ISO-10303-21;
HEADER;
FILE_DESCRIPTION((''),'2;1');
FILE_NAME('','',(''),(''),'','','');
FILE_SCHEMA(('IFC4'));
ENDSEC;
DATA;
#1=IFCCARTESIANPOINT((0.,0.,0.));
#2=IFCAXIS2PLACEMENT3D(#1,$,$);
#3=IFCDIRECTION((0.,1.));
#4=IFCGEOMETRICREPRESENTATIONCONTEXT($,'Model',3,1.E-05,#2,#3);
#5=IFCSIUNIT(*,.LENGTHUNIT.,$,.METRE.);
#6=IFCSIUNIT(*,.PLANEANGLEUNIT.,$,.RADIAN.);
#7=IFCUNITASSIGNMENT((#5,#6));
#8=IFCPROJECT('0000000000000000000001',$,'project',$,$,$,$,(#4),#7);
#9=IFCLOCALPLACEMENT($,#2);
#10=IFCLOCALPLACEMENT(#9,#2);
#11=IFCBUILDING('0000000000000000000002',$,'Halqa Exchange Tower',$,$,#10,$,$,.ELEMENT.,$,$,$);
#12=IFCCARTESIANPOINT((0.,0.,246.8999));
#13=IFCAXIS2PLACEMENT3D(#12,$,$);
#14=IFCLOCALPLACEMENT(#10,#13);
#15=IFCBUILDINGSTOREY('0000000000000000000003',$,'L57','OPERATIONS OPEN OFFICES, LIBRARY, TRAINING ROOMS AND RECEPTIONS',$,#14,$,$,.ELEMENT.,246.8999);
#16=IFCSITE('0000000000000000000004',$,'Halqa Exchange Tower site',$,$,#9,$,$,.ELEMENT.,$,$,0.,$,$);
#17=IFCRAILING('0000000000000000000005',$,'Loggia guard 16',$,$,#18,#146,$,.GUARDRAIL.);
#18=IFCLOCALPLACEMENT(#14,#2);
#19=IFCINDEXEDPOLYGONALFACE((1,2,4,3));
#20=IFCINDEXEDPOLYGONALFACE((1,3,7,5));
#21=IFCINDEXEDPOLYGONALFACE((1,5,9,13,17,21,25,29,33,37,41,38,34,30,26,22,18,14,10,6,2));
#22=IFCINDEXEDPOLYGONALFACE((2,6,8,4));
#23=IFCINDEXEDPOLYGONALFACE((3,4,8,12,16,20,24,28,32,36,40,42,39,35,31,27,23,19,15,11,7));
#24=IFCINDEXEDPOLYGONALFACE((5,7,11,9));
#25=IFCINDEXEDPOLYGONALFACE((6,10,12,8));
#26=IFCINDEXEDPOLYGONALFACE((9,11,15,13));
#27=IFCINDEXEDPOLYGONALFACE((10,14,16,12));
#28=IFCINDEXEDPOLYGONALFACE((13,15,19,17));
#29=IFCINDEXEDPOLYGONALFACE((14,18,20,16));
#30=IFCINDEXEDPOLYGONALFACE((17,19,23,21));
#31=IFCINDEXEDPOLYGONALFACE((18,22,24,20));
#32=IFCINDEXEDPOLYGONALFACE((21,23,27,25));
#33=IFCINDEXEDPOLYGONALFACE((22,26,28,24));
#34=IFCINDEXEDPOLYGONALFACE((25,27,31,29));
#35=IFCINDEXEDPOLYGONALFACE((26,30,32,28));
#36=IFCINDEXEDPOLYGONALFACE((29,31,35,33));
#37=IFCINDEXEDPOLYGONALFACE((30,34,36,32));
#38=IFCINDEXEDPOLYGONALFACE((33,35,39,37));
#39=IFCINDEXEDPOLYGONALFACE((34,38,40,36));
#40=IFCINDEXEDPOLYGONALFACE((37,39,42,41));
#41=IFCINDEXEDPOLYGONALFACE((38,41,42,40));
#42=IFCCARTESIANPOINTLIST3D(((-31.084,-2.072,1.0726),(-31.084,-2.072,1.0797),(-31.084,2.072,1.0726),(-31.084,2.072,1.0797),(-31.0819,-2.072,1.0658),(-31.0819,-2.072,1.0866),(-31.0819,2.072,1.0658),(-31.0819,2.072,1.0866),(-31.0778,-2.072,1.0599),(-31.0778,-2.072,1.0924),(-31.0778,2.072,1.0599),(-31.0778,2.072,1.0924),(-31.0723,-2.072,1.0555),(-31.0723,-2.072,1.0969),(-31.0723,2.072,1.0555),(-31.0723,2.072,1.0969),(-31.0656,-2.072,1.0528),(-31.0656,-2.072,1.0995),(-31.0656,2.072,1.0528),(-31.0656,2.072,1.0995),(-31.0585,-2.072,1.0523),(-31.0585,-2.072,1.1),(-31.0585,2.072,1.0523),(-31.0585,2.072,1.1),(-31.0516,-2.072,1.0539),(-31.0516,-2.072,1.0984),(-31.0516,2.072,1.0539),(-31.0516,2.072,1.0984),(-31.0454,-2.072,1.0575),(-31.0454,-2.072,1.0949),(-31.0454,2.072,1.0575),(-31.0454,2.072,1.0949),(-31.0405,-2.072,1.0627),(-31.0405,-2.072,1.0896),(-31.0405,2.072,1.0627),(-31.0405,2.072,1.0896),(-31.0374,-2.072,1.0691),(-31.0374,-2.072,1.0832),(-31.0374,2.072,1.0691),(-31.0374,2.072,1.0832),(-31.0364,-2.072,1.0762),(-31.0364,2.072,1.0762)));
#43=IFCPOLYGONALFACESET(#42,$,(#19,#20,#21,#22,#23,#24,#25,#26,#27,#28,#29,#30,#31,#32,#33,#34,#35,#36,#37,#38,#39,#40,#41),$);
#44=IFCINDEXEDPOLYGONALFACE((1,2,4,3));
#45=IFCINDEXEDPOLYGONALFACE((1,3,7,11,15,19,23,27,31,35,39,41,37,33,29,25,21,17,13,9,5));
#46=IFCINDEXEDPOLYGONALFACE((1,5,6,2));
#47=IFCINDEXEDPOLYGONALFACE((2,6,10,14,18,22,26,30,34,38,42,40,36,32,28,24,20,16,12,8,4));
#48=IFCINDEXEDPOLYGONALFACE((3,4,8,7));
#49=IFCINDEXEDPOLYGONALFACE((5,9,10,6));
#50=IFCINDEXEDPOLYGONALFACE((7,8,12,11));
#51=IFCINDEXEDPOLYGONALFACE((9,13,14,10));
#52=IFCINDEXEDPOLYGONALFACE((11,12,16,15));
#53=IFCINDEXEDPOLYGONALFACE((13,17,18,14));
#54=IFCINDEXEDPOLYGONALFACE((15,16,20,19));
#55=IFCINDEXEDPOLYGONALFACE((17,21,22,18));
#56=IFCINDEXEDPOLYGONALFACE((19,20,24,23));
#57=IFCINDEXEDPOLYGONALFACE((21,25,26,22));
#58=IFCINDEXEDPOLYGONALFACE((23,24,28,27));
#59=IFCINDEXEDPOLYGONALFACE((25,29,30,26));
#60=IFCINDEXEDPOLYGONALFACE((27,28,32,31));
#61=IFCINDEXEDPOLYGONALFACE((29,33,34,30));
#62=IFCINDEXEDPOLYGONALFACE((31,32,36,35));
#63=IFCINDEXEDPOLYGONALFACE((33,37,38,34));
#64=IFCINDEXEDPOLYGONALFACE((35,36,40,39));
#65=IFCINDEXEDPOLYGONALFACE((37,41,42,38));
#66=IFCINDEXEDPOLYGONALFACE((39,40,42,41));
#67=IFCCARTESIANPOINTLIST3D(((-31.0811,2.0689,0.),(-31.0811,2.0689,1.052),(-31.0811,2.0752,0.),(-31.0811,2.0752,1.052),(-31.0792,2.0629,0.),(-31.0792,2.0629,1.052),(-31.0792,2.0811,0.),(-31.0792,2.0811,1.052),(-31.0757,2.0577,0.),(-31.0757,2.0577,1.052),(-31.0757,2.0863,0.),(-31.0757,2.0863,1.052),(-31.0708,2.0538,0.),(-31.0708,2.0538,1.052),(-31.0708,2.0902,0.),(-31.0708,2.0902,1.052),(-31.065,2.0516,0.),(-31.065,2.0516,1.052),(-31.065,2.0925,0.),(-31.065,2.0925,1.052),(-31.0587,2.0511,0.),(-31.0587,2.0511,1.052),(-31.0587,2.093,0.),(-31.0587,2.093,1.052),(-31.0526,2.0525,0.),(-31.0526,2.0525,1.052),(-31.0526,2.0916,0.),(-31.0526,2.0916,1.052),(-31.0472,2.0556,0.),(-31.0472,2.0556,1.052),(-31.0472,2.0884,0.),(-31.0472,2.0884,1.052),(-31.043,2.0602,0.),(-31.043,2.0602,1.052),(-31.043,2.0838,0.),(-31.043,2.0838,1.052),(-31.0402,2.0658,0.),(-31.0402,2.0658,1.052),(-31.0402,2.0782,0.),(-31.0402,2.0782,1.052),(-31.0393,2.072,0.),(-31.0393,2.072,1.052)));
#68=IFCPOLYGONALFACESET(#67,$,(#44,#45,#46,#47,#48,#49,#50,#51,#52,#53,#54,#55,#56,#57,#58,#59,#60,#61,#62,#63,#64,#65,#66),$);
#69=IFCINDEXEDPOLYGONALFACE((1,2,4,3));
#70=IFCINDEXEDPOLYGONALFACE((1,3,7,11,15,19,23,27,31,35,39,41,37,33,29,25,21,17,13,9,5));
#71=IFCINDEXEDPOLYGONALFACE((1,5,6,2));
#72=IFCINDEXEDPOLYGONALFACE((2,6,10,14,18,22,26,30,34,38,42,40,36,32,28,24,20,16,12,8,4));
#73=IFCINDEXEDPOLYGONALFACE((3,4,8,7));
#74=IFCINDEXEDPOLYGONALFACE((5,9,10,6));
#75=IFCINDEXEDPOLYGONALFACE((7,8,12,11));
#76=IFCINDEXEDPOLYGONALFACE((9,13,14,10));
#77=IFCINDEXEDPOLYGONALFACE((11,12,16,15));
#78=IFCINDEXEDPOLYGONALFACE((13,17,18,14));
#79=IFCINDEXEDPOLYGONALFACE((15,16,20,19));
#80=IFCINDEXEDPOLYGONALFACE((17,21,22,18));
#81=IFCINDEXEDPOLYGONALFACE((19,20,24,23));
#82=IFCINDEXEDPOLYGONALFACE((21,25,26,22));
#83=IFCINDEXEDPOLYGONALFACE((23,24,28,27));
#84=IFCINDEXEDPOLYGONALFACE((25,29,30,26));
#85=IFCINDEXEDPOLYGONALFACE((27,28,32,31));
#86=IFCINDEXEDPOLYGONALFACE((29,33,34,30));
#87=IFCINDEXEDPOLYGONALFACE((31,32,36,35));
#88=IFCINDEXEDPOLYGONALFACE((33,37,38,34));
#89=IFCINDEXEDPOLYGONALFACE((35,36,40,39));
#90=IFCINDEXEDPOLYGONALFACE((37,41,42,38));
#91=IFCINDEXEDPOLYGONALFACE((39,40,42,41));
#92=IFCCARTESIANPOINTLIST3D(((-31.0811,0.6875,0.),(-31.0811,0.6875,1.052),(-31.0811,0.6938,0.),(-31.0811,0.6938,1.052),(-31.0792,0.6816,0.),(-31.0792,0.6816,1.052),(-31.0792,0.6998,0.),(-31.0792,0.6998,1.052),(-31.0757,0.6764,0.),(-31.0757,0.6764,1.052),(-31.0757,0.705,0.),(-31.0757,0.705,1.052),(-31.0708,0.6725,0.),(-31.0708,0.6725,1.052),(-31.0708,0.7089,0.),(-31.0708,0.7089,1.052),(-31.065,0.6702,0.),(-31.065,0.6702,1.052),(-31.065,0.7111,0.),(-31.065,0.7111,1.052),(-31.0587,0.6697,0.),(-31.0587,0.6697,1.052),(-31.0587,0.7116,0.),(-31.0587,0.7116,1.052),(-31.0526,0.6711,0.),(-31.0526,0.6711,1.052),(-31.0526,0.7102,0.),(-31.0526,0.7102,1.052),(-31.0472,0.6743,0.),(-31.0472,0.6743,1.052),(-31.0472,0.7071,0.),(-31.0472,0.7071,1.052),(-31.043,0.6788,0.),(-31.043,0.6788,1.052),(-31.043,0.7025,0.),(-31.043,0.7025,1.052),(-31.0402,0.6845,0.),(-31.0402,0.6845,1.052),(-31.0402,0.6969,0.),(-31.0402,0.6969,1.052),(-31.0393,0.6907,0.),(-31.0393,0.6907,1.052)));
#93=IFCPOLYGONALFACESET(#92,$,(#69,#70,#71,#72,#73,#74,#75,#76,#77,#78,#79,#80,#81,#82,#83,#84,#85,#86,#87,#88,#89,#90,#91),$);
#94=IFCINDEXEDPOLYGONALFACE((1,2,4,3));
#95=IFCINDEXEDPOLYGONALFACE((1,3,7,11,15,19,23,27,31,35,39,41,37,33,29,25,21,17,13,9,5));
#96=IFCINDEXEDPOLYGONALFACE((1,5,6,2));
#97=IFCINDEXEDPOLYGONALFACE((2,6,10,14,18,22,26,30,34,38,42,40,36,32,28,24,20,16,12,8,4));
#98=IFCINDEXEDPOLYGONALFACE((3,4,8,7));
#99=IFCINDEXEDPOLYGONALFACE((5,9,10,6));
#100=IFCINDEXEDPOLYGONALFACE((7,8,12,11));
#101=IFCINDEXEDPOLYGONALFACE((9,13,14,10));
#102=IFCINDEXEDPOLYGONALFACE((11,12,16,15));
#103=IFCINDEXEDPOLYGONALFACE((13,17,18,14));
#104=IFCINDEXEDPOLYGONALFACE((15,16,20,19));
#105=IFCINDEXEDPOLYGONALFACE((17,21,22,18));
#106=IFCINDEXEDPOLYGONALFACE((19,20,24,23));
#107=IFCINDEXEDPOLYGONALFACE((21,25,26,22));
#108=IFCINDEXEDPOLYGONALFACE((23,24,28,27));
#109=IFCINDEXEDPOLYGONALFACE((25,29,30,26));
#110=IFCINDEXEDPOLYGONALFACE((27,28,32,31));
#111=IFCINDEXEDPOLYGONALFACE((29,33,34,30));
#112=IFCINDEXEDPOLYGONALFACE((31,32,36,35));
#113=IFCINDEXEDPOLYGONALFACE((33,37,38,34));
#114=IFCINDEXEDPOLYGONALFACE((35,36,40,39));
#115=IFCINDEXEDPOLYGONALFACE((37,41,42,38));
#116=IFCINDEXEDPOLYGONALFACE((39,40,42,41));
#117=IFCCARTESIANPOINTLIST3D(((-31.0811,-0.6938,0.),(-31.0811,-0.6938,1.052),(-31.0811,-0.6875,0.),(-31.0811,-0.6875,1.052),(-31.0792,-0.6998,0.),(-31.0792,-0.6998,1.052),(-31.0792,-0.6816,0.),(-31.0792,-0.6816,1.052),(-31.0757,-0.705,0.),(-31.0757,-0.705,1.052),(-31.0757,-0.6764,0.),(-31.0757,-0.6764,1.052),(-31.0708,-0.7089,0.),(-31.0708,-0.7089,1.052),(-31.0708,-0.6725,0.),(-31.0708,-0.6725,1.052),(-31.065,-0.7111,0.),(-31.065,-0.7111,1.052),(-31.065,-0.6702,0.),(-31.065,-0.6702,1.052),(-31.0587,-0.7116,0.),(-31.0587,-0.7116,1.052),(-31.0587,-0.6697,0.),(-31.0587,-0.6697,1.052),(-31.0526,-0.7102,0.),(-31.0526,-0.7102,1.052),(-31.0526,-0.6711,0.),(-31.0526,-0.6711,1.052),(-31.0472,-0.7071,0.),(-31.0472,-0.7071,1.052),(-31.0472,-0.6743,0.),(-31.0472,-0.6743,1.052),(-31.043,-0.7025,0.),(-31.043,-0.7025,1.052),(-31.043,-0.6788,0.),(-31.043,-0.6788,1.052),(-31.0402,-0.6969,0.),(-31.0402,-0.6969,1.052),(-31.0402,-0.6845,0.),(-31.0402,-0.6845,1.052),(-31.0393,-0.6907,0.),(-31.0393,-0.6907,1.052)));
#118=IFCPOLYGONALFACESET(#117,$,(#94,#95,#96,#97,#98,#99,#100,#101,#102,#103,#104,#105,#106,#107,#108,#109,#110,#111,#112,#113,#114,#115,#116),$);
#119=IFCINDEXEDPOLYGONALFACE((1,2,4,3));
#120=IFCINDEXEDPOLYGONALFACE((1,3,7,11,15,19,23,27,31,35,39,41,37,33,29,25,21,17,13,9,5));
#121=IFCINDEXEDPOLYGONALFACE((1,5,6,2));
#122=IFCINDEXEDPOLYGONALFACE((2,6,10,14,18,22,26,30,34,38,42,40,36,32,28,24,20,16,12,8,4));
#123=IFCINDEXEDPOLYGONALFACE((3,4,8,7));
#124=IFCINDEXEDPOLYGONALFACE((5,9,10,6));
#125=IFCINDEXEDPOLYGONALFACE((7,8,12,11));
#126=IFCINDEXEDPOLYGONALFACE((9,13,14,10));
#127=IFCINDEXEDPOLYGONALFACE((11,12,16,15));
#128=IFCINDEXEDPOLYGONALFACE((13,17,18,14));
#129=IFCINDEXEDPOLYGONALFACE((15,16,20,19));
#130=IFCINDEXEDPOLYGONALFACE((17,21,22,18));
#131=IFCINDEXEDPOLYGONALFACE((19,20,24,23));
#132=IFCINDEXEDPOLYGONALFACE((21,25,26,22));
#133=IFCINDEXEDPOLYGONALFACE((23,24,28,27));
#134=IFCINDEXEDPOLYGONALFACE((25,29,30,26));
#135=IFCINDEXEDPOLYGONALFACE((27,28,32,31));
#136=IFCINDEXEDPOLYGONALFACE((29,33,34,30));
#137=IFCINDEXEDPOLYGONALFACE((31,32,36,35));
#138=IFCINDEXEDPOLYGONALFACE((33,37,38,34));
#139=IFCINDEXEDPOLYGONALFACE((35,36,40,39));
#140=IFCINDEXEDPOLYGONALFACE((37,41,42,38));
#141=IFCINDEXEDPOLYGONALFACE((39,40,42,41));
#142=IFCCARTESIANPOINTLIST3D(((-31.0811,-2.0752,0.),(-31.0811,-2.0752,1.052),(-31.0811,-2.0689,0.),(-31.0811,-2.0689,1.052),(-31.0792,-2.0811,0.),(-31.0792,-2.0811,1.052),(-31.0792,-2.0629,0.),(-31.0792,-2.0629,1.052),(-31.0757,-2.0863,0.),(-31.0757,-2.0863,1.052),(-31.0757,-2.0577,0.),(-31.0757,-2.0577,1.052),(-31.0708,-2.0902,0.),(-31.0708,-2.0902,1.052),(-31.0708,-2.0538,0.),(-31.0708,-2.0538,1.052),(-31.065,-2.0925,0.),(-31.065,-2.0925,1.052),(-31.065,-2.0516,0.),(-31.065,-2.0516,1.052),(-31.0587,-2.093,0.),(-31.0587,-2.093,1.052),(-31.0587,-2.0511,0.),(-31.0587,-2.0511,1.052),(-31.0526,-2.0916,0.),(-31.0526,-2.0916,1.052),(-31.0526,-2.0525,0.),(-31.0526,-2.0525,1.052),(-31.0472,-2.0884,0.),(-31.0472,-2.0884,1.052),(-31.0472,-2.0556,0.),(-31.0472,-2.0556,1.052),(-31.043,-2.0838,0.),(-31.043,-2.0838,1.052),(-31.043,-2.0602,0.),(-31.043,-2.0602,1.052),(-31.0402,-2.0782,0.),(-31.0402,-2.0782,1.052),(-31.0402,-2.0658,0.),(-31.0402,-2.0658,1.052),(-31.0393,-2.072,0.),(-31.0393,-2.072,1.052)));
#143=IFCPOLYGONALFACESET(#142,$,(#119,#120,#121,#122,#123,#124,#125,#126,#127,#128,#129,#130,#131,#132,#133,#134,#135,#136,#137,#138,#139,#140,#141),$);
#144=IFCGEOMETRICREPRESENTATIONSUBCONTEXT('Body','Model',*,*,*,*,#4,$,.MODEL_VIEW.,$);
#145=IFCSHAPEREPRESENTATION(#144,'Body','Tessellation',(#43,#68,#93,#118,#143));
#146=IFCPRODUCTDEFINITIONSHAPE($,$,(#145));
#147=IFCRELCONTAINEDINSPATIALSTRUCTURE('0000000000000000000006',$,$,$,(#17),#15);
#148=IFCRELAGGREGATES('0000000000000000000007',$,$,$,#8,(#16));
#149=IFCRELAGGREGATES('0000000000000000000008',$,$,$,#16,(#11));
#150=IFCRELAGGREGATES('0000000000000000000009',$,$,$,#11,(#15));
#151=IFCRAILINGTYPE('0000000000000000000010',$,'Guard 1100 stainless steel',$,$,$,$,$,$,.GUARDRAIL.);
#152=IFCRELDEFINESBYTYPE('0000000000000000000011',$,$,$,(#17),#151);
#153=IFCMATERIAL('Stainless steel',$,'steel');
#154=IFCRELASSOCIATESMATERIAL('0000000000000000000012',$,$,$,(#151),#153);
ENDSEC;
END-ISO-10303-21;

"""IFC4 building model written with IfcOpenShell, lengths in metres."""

from ifc_helpers import new_model, si_unit, direction, frame, origin, origin_2d, place, context, subcontext, project, spatial, circle, extrude, material, type_object, element, save


model = new_model("IFC4")

# Units and contexts
model_context = context("Model", 3, precision=1e-05, world=origin(), true_north=direction((0.0, 1.0)))
body_context = subcontext(model_context, "Body", "Model", "MODEL_VIEW")
ifc_project = project(units=[si_unit("LENGTHUNIT", "METRE"), si_unit("PLANEANGLEUNIT", "RADIAN")], contexts=[model_context])

# Site, building, storey
site_placement = place(None, origin())
site = spatial("IfcSite", under=ifc_project, at=site_placement, Name="Halqa Exchange Tower site", CompositionType="ELEMENT", RefElevation=0.0)
building_placement = place(site_placement, origin())
building = spatial("IfcBuilding", under=site, at=building_placement, Name="Halqa Exchange Tower", CompositionType="ELEMENT")
storey_placement = place(building_placement, frame((0.0, 0.0, 246.8999)))
storey = spatial("IfcBuildingStorey", under=building, at=storey_placement, Name="L57", Description="OPERATIONS OPEN OFFICES, LIBRARY, TRAINING ROOMS AND RECEPTIONS", CompositionType="ELEMENT", Elevation=246.8999)

# Railing
ifc_material_1 = material(Name="Stainless steel", Category="steel")
railing_type = type_object("IfcRailingType", Name="Guard 1100 stainless steel", PredefinedType="GUARDRAIL", material=ifc_material_1)
railing_1_placement = place(storey_placement, frame((-31.0603, 2.072, 0.0)))
element("IfcRailing", 1, at=railing_1_placement, inside=storey, type_object=railing_type, Name="Loggia guard 16", PredefinedType="GUARDRAIL", context=body_context, shape_type="SweptSolid", body=[
    extrude(circle(Radius=0.0239, at=origin_2d()), frame((0.0, 0.0, 1.0762), z_axis=(0.0, -1.0, 0.0), x_axis=(1.0, 0.0, 0.0)), (0.0, 0.0, 1.0), 4.144),
    extrude(circle(Radius=0.021, at=origin_2d()), origin(), (0.0, 0.0, 1.0), 1.052),
    extrude(circle(Radius=0.021, at=origin_2d()), frame((0.0, -1.3813, 0.0)), (0.0, 0.0, 1.0), 1.052),
    extrude(circle(Radius=0.021, at=origin_2d()), frame((0.0, -2.7627, 0.0)), (0.0, 0.0, 1.0), 1.052),
    extrude(circle(Radius=0.021, at=origin_2d()), frame((0.0, -4.144, 0.0)), (0.0, 0.0, 1.0), 1.052),
])

save(model, "model.ifc")
